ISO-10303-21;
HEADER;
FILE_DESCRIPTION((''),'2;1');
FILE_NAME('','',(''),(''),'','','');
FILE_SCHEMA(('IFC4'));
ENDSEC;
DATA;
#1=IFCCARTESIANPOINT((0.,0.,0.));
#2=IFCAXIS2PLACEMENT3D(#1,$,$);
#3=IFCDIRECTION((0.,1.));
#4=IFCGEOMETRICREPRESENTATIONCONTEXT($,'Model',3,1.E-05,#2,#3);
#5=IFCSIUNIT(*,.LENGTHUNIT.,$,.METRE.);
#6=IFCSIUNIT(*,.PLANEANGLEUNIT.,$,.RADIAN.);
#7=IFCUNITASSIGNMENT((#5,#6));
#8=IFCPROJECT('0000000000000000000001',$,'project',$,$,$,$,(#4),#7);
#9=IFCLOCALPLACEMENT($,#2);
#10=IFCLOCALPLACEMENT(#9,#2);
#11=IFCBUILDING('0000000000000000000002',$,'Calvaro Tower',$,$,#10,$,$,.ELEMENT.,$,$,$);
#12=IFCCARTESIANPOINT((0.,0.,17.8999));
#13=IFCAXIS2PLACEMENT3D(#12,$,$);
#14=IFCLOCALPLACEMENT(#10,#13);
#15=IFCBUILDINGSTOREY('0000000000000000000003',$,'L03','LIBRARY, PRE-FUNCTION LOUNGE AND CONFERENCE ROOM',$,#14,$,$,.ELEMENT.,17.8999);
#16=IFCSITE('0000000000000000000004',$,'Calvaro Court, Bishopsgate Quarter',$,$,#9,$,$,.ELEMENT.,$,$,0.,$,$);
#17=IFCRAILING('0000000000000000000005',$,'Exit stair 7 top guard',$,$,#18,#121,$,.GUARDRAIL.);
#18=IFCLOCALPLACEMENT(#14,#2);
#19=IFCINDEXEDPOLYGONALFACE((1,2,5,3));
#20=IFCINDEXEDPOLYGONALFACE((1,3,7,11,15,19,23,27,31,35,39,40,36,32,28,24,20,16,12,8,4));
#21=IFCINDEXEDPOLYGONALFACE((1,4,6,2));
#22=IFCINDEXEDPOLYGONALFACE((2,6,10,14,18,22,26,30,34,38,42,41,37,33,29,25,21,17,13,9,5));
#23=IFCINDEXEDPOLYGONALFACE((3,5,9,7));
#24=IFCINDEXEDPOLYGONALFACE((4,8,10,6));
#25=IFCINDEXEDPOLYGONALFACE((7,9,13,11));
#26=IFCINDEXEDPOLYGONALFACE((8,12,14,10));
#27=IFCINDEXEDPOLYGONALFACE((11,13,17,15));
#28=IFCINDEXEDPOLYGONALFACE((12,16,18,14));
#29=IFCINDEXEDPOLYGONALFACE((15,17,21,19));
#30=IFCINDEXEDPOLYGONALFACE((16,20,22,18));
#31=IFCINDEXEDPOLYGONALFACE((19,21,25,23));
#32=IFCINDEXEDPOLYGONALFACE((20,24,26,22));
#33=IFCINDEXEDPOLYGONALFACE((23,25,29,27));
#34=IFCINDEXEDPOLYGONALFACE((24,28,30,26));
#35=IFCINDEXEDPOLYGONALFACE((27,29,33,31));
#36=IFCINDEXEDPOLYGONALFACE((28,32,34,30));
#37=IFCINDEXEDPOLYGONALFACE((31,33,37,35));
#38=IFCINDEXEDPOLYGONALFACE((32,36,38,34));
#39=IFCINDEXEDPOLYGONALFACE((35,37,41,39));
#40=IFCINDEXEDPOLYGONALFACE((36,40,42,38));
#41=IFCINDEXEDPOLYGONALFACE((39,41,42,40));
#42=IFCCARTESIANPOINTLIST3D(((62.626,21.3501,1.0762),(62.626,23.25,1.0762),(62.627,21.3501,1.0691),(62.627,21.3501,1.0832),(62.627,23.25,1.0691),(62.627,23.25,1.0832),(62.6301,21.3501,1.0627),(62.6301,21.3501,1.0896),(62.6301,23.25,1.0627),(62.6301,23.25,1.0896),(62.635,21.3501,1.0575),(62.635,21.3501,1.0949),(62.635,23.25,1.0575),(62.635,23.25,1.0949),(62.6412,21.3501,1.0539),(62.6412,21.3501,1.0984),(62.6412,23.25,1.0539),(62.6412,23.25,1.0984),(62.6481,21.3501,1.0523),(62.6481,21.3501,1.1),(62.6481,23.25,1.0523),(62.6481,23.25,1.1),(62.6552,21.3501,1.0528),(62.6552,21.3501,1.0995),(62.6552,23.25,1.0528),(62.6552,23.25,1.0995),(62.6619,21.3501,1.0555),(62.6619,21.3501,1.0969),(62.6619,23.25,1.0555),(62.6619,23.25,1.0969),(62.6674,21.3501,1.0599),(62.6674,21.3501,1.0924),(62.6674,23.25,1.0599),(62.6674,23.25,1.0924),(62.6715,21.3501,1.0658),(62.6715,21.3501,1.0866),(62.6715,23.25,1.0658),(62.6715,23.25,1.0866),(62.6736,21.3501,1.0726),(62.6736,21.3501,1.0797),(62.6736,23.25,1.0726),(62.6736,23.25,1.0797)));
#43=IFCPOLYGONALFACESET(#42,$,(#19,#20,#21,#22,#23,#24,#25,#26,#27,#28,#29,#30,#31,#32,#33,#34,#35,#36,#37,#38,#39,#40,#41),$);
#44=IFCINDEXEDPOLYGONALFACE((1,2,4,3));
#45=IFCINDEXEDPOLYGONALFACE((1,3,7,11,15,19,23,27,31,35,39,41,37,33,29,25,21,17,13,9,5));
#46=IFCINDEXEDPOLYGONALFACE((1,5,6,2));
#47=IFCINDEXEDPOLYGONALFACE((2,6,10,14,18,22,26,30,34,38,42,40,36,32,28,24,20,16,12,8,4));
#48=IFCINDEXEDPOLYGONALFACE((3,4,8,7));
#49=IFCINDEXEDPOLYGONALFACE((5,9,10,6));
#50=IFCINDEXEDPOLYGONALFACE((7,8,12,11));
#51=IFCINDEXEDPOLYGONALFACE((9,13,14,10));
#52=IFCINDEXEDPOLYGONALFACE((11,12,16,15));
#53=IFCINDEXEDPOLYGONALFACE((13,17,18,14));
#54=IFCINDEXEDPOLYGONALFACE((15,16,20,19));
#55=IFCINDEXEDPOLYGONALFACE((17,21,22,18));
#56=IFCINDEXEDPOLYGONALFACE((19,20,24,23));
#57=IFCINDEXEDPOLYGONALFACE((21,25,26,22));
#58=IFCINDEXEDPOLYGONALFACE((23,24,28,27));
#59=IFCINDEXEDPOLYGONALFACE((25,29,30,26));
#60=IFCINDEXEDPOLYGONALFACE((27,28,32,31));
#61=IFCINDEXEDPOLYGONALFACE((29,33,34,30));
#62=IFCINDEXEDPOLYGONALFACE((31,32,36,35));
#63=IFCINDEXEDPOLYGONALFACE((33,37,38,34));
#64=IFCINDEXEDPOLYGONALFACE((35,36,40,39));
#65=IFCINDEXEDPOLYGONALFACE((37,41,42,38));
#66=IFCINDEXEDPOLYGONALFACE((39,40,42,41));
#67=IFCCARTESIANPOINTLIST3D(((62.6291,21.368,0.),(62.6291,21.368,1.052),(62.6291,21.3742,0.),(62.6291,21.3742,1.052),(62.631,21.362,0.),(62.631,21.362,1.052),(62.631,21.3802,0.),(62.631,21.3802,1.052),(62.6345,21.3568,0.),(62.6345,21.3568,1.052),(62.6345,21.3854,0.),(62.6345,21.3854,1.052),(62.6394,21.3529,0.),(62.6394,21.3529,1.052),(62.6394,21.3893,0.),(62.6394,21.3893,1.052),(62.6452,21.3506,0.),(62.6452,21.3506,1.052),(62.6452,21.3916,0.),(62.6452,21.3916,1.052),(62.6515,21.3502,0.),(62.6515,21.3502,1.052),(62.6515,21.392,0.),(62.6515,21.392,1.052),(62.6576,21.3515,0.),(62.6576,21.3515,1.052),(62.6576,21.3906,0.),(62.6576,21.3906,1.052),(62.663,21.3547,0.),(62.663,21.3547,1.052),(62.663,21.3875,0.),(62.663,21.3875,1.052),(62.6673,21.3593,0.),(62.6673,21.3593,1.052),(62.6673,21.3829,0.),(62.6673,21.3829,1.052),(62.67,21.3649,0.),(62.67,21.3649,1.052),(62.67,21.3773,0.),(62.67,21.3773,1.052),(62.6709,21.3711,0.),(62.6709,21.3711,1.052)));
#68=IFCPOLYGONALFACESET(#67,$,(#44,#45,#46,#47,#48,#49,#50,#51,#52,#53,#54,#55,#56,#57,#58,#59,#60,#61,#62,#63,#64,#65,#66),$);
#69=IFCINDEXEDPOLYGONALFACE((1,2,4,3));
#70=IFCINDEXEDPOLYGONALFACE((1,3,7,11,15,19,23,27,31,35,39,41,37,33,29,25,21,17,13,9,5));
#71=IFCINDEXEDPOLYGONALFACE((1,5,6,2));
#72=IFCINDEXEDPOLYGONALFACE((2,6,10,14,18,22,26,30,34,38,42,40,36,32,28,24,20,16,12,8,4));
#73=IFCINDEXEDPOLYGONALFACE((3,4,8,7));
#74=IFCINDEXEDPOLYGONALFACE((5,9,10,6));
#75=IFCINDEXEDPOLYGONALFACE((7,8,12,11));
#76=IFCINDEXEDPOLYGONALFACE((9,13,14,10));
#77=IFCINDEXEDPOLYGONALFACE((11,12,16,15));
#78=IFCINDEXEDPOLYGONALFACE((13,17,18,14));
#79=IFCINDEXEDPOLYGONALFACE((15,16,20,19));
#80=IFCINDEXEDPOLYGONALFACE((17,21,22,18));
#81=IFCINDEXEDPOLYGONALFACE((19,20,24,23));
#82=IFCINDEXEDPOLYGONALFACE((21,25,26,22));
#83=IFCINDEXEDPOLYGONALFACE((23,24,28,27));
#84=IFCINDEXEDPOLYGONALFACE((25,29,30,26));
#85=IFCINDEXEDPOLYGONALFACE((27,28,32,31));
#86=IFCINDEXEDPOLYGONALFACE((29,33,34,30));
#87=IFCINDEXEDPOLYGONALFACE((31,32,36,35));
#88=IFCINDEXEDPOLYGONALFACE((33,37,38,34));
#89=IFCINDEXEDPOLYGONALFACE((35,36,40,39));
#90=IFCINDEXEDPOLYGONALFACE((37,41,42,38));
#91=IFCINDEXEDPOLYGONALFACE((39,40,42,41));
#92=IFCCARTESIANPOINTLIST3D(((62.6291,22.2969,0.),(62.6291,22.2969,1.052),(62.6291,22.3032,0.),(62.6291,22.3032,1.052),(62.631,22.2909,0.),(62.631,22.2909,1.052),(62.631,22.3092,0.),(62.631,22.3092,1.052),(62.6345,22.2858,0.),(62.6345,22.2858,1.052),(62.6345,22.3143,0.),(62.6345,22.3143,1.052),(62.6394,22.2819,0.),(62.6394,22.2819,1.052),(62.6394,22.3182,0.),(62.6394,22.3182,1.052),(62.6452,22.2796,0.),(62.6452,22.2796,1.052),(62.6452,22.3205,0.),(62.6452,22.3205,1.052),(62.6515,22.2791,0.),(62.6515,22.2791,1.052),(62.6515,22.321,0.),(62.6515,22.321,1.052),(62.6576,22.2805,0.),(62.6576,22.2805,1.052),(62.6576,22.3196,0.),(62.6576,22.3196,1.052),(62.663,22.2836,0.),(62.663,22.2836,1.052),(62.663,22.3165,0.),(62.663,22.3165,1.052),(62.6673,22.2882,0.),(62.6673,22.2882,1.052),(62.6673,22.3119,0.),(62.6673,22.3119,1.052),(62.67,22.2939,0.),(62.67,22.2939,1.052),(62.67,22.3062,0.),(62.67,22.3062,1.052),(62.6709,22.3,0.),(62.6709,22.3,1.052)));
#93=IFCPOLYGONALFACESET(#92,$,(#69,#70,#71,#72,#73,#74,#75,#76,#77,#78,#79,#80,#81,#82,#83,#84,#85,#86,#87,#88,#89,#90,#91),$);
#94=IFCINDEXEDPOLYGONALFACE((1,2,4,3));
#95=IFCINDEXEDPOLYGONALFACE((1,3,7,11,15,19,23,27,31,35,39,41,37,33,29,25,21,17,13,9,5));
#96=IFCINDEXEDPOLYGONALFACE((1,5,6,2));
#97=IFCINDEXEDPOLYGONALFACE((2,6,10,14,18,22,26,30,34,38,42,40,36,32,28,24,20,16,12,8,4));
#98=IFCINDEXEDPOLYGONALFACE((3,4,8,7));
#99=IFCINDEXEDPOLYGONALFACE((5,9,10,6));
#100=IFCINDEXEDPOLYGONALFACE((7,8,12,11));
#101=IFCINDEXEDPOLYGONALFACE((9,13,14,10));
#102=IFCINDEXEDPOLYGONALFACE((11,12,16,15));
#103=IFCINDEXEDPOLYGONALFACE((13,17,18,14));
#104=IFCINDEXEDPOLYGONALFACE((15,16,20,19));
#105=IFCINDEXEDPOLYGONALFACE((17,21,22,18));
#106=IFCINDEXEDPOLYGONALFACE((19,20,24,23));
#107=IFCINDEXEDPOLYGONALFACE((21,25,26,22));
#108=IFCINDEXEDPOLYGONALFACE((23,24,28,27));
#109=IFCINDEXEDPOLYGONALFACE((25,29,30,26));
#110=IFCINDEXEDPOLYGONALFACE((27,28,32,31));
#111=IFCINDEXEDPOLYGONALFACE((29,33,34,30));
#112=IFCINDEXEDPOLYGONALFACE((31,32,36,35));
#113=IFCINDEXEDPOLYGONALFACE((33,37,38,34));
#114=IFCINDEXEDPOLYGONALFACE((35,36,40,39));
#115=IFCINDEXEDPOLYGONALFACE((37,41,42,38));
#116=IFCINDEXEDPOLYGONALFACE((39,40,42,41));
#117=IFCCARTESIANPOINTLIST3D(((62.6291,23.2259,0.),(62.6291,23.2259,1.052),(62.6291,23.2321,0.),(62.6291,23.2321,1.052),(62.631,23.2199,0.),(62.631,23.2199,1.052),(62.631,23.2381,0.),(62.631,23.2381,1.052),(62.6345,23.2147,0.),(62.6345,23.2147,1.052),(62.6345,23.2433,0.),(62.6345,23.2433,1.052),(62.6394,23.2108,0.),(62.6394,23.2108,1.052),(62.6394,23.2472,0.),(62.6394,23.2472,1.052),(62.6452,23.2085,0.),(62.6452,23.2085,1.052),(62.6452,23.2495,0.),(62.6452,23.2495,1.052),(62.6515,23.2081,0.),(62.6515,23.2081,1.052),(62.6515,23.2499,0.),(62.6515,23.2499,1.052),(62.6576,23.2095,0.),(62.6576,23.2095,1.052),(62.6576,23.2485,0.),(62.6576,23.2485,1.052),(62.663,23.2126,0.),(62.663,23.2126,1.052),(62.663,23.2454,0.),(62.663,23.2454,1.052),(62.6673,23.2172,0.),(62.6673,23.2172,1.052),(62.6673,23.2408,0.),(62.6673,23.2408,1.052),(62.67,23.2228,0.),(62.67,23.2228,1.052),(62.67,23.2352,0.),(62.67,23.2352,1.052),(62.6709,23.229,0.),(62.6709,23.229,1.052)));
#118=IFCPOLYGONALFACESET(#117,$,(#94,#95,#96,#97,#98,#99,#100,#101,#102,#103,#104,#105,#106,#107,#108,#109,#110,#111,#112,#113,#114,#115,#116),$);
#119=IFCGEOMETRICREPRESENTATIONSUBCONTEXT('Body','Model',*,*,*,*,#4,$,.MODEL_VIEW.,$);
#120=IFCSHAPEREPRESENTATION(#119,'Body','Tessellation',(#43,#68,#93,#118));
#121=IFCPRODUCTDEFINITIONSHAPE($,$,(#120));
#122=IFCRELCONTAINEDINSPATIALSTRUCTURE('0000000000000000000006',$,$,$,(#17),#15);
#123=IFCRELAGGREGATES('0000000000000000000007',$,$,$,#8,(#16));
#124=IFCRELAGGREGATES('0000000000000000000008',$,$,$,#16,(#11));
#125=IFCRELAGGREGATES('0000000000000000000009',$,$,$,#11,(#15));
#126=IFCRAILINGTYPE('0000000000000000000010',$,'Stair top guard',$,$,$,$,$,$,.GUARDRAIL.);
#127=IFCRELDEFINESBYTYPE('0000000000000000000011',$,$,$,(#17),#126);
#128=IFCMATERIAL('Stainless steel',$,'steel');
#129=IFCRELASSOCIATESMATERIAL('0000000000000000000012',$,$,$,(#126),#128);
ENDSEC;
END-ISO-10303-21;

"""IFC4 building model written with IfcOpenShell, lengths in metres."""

from ifc_helpers import new_model, si_unit, direction, frame, origin, origin_2d, place, context, subcontext, project, spatial, circle, extrude, material, type_object, element, save


model = new_model("IFC4")

# Units and contexts
model_context = context("Model", 3, precision=1e-05, world=origin(), true_north=direction((0.0, 1.0)))
body_context = subcontext(model_context, "Body", "Model", "MODEL_VIEW")
ifc_project = project(units=[si_unit("LENGTHUNIT", "METRE"), si_unit("PLANEANGLEUNIT", "RADIAN")], contexts=[model_context])

# Site, building, storey
site_placement = place(None, origin())
site = spatial("IfcSite", under=ifc_project, at=site_placement, Name="Calvaro Court, Bishopsgate Quarter", CompositionType="ELEMENT", RefElevation=0.0)
building_placement = place(site_placement, origin())
building = spatial("IfcBuilding", under=site, at=building_placement, Name="Calvaro Tower", CompositionType="ELEMENT")
storey_placement = place(building_placement, frame((0.0, 0.0, 17.8999)))
storey = spatial("IfcBuildingStorey", under=building, at=storey_placement, Name="L03", Description="LIBRARY, PRE-FUNCTION LOUNGE AND CONFERENCE ROOM", CompositionType="ELEMENT", Elevation=17.8999)

# Railing
ifc_material_1 = material(Name="Stainless steel", Category="steel")
railing_type_1 = type_object("IfcRailingType", Name="Stair top guard", PredefinedType="GUARDRAIL", material=ifc_material_1)
railing_1_placement = place(storey_placement, frame((62.6499, 21.3501, 0.0)))
element("IfcRailing", 1, at=railing_1_placement, inside=storey, type_object=railing_type_1, Name="Exit stair 7 top guard", PredefinedType="GUARDRAIL", context=body_context, shape_type="SweptSolid", body=[
    extrude(circle(Radius=0.0239, at=origin_2d()), frame((0.0, 0.0, 1.0762), z_axis=(0.0, 1.0, 0.0), x_axis=(-1.0, 0.0, 0.0)), (0.0, 0.0, 1.0), 1.8999),
    extrude(circle(Radius=0.021, at=origin_2d()), frame((0.0, 0.021, 0.0)), (0.0, 0.0, 1.0), 1.052),
    extrude(circle(Radius=0.021, at=origin_2d()), frame((0.0, 0.95, 0.0)), (0.0, 0.0, 1.0), 1.052),
    extrude(circle(Radius=0.021, at=origin_2d()), frame((0.0, 1.8789, 0.0)), (0.0, 0.0, 1.0), 1.052),
])

save(model, "model.ifc")
